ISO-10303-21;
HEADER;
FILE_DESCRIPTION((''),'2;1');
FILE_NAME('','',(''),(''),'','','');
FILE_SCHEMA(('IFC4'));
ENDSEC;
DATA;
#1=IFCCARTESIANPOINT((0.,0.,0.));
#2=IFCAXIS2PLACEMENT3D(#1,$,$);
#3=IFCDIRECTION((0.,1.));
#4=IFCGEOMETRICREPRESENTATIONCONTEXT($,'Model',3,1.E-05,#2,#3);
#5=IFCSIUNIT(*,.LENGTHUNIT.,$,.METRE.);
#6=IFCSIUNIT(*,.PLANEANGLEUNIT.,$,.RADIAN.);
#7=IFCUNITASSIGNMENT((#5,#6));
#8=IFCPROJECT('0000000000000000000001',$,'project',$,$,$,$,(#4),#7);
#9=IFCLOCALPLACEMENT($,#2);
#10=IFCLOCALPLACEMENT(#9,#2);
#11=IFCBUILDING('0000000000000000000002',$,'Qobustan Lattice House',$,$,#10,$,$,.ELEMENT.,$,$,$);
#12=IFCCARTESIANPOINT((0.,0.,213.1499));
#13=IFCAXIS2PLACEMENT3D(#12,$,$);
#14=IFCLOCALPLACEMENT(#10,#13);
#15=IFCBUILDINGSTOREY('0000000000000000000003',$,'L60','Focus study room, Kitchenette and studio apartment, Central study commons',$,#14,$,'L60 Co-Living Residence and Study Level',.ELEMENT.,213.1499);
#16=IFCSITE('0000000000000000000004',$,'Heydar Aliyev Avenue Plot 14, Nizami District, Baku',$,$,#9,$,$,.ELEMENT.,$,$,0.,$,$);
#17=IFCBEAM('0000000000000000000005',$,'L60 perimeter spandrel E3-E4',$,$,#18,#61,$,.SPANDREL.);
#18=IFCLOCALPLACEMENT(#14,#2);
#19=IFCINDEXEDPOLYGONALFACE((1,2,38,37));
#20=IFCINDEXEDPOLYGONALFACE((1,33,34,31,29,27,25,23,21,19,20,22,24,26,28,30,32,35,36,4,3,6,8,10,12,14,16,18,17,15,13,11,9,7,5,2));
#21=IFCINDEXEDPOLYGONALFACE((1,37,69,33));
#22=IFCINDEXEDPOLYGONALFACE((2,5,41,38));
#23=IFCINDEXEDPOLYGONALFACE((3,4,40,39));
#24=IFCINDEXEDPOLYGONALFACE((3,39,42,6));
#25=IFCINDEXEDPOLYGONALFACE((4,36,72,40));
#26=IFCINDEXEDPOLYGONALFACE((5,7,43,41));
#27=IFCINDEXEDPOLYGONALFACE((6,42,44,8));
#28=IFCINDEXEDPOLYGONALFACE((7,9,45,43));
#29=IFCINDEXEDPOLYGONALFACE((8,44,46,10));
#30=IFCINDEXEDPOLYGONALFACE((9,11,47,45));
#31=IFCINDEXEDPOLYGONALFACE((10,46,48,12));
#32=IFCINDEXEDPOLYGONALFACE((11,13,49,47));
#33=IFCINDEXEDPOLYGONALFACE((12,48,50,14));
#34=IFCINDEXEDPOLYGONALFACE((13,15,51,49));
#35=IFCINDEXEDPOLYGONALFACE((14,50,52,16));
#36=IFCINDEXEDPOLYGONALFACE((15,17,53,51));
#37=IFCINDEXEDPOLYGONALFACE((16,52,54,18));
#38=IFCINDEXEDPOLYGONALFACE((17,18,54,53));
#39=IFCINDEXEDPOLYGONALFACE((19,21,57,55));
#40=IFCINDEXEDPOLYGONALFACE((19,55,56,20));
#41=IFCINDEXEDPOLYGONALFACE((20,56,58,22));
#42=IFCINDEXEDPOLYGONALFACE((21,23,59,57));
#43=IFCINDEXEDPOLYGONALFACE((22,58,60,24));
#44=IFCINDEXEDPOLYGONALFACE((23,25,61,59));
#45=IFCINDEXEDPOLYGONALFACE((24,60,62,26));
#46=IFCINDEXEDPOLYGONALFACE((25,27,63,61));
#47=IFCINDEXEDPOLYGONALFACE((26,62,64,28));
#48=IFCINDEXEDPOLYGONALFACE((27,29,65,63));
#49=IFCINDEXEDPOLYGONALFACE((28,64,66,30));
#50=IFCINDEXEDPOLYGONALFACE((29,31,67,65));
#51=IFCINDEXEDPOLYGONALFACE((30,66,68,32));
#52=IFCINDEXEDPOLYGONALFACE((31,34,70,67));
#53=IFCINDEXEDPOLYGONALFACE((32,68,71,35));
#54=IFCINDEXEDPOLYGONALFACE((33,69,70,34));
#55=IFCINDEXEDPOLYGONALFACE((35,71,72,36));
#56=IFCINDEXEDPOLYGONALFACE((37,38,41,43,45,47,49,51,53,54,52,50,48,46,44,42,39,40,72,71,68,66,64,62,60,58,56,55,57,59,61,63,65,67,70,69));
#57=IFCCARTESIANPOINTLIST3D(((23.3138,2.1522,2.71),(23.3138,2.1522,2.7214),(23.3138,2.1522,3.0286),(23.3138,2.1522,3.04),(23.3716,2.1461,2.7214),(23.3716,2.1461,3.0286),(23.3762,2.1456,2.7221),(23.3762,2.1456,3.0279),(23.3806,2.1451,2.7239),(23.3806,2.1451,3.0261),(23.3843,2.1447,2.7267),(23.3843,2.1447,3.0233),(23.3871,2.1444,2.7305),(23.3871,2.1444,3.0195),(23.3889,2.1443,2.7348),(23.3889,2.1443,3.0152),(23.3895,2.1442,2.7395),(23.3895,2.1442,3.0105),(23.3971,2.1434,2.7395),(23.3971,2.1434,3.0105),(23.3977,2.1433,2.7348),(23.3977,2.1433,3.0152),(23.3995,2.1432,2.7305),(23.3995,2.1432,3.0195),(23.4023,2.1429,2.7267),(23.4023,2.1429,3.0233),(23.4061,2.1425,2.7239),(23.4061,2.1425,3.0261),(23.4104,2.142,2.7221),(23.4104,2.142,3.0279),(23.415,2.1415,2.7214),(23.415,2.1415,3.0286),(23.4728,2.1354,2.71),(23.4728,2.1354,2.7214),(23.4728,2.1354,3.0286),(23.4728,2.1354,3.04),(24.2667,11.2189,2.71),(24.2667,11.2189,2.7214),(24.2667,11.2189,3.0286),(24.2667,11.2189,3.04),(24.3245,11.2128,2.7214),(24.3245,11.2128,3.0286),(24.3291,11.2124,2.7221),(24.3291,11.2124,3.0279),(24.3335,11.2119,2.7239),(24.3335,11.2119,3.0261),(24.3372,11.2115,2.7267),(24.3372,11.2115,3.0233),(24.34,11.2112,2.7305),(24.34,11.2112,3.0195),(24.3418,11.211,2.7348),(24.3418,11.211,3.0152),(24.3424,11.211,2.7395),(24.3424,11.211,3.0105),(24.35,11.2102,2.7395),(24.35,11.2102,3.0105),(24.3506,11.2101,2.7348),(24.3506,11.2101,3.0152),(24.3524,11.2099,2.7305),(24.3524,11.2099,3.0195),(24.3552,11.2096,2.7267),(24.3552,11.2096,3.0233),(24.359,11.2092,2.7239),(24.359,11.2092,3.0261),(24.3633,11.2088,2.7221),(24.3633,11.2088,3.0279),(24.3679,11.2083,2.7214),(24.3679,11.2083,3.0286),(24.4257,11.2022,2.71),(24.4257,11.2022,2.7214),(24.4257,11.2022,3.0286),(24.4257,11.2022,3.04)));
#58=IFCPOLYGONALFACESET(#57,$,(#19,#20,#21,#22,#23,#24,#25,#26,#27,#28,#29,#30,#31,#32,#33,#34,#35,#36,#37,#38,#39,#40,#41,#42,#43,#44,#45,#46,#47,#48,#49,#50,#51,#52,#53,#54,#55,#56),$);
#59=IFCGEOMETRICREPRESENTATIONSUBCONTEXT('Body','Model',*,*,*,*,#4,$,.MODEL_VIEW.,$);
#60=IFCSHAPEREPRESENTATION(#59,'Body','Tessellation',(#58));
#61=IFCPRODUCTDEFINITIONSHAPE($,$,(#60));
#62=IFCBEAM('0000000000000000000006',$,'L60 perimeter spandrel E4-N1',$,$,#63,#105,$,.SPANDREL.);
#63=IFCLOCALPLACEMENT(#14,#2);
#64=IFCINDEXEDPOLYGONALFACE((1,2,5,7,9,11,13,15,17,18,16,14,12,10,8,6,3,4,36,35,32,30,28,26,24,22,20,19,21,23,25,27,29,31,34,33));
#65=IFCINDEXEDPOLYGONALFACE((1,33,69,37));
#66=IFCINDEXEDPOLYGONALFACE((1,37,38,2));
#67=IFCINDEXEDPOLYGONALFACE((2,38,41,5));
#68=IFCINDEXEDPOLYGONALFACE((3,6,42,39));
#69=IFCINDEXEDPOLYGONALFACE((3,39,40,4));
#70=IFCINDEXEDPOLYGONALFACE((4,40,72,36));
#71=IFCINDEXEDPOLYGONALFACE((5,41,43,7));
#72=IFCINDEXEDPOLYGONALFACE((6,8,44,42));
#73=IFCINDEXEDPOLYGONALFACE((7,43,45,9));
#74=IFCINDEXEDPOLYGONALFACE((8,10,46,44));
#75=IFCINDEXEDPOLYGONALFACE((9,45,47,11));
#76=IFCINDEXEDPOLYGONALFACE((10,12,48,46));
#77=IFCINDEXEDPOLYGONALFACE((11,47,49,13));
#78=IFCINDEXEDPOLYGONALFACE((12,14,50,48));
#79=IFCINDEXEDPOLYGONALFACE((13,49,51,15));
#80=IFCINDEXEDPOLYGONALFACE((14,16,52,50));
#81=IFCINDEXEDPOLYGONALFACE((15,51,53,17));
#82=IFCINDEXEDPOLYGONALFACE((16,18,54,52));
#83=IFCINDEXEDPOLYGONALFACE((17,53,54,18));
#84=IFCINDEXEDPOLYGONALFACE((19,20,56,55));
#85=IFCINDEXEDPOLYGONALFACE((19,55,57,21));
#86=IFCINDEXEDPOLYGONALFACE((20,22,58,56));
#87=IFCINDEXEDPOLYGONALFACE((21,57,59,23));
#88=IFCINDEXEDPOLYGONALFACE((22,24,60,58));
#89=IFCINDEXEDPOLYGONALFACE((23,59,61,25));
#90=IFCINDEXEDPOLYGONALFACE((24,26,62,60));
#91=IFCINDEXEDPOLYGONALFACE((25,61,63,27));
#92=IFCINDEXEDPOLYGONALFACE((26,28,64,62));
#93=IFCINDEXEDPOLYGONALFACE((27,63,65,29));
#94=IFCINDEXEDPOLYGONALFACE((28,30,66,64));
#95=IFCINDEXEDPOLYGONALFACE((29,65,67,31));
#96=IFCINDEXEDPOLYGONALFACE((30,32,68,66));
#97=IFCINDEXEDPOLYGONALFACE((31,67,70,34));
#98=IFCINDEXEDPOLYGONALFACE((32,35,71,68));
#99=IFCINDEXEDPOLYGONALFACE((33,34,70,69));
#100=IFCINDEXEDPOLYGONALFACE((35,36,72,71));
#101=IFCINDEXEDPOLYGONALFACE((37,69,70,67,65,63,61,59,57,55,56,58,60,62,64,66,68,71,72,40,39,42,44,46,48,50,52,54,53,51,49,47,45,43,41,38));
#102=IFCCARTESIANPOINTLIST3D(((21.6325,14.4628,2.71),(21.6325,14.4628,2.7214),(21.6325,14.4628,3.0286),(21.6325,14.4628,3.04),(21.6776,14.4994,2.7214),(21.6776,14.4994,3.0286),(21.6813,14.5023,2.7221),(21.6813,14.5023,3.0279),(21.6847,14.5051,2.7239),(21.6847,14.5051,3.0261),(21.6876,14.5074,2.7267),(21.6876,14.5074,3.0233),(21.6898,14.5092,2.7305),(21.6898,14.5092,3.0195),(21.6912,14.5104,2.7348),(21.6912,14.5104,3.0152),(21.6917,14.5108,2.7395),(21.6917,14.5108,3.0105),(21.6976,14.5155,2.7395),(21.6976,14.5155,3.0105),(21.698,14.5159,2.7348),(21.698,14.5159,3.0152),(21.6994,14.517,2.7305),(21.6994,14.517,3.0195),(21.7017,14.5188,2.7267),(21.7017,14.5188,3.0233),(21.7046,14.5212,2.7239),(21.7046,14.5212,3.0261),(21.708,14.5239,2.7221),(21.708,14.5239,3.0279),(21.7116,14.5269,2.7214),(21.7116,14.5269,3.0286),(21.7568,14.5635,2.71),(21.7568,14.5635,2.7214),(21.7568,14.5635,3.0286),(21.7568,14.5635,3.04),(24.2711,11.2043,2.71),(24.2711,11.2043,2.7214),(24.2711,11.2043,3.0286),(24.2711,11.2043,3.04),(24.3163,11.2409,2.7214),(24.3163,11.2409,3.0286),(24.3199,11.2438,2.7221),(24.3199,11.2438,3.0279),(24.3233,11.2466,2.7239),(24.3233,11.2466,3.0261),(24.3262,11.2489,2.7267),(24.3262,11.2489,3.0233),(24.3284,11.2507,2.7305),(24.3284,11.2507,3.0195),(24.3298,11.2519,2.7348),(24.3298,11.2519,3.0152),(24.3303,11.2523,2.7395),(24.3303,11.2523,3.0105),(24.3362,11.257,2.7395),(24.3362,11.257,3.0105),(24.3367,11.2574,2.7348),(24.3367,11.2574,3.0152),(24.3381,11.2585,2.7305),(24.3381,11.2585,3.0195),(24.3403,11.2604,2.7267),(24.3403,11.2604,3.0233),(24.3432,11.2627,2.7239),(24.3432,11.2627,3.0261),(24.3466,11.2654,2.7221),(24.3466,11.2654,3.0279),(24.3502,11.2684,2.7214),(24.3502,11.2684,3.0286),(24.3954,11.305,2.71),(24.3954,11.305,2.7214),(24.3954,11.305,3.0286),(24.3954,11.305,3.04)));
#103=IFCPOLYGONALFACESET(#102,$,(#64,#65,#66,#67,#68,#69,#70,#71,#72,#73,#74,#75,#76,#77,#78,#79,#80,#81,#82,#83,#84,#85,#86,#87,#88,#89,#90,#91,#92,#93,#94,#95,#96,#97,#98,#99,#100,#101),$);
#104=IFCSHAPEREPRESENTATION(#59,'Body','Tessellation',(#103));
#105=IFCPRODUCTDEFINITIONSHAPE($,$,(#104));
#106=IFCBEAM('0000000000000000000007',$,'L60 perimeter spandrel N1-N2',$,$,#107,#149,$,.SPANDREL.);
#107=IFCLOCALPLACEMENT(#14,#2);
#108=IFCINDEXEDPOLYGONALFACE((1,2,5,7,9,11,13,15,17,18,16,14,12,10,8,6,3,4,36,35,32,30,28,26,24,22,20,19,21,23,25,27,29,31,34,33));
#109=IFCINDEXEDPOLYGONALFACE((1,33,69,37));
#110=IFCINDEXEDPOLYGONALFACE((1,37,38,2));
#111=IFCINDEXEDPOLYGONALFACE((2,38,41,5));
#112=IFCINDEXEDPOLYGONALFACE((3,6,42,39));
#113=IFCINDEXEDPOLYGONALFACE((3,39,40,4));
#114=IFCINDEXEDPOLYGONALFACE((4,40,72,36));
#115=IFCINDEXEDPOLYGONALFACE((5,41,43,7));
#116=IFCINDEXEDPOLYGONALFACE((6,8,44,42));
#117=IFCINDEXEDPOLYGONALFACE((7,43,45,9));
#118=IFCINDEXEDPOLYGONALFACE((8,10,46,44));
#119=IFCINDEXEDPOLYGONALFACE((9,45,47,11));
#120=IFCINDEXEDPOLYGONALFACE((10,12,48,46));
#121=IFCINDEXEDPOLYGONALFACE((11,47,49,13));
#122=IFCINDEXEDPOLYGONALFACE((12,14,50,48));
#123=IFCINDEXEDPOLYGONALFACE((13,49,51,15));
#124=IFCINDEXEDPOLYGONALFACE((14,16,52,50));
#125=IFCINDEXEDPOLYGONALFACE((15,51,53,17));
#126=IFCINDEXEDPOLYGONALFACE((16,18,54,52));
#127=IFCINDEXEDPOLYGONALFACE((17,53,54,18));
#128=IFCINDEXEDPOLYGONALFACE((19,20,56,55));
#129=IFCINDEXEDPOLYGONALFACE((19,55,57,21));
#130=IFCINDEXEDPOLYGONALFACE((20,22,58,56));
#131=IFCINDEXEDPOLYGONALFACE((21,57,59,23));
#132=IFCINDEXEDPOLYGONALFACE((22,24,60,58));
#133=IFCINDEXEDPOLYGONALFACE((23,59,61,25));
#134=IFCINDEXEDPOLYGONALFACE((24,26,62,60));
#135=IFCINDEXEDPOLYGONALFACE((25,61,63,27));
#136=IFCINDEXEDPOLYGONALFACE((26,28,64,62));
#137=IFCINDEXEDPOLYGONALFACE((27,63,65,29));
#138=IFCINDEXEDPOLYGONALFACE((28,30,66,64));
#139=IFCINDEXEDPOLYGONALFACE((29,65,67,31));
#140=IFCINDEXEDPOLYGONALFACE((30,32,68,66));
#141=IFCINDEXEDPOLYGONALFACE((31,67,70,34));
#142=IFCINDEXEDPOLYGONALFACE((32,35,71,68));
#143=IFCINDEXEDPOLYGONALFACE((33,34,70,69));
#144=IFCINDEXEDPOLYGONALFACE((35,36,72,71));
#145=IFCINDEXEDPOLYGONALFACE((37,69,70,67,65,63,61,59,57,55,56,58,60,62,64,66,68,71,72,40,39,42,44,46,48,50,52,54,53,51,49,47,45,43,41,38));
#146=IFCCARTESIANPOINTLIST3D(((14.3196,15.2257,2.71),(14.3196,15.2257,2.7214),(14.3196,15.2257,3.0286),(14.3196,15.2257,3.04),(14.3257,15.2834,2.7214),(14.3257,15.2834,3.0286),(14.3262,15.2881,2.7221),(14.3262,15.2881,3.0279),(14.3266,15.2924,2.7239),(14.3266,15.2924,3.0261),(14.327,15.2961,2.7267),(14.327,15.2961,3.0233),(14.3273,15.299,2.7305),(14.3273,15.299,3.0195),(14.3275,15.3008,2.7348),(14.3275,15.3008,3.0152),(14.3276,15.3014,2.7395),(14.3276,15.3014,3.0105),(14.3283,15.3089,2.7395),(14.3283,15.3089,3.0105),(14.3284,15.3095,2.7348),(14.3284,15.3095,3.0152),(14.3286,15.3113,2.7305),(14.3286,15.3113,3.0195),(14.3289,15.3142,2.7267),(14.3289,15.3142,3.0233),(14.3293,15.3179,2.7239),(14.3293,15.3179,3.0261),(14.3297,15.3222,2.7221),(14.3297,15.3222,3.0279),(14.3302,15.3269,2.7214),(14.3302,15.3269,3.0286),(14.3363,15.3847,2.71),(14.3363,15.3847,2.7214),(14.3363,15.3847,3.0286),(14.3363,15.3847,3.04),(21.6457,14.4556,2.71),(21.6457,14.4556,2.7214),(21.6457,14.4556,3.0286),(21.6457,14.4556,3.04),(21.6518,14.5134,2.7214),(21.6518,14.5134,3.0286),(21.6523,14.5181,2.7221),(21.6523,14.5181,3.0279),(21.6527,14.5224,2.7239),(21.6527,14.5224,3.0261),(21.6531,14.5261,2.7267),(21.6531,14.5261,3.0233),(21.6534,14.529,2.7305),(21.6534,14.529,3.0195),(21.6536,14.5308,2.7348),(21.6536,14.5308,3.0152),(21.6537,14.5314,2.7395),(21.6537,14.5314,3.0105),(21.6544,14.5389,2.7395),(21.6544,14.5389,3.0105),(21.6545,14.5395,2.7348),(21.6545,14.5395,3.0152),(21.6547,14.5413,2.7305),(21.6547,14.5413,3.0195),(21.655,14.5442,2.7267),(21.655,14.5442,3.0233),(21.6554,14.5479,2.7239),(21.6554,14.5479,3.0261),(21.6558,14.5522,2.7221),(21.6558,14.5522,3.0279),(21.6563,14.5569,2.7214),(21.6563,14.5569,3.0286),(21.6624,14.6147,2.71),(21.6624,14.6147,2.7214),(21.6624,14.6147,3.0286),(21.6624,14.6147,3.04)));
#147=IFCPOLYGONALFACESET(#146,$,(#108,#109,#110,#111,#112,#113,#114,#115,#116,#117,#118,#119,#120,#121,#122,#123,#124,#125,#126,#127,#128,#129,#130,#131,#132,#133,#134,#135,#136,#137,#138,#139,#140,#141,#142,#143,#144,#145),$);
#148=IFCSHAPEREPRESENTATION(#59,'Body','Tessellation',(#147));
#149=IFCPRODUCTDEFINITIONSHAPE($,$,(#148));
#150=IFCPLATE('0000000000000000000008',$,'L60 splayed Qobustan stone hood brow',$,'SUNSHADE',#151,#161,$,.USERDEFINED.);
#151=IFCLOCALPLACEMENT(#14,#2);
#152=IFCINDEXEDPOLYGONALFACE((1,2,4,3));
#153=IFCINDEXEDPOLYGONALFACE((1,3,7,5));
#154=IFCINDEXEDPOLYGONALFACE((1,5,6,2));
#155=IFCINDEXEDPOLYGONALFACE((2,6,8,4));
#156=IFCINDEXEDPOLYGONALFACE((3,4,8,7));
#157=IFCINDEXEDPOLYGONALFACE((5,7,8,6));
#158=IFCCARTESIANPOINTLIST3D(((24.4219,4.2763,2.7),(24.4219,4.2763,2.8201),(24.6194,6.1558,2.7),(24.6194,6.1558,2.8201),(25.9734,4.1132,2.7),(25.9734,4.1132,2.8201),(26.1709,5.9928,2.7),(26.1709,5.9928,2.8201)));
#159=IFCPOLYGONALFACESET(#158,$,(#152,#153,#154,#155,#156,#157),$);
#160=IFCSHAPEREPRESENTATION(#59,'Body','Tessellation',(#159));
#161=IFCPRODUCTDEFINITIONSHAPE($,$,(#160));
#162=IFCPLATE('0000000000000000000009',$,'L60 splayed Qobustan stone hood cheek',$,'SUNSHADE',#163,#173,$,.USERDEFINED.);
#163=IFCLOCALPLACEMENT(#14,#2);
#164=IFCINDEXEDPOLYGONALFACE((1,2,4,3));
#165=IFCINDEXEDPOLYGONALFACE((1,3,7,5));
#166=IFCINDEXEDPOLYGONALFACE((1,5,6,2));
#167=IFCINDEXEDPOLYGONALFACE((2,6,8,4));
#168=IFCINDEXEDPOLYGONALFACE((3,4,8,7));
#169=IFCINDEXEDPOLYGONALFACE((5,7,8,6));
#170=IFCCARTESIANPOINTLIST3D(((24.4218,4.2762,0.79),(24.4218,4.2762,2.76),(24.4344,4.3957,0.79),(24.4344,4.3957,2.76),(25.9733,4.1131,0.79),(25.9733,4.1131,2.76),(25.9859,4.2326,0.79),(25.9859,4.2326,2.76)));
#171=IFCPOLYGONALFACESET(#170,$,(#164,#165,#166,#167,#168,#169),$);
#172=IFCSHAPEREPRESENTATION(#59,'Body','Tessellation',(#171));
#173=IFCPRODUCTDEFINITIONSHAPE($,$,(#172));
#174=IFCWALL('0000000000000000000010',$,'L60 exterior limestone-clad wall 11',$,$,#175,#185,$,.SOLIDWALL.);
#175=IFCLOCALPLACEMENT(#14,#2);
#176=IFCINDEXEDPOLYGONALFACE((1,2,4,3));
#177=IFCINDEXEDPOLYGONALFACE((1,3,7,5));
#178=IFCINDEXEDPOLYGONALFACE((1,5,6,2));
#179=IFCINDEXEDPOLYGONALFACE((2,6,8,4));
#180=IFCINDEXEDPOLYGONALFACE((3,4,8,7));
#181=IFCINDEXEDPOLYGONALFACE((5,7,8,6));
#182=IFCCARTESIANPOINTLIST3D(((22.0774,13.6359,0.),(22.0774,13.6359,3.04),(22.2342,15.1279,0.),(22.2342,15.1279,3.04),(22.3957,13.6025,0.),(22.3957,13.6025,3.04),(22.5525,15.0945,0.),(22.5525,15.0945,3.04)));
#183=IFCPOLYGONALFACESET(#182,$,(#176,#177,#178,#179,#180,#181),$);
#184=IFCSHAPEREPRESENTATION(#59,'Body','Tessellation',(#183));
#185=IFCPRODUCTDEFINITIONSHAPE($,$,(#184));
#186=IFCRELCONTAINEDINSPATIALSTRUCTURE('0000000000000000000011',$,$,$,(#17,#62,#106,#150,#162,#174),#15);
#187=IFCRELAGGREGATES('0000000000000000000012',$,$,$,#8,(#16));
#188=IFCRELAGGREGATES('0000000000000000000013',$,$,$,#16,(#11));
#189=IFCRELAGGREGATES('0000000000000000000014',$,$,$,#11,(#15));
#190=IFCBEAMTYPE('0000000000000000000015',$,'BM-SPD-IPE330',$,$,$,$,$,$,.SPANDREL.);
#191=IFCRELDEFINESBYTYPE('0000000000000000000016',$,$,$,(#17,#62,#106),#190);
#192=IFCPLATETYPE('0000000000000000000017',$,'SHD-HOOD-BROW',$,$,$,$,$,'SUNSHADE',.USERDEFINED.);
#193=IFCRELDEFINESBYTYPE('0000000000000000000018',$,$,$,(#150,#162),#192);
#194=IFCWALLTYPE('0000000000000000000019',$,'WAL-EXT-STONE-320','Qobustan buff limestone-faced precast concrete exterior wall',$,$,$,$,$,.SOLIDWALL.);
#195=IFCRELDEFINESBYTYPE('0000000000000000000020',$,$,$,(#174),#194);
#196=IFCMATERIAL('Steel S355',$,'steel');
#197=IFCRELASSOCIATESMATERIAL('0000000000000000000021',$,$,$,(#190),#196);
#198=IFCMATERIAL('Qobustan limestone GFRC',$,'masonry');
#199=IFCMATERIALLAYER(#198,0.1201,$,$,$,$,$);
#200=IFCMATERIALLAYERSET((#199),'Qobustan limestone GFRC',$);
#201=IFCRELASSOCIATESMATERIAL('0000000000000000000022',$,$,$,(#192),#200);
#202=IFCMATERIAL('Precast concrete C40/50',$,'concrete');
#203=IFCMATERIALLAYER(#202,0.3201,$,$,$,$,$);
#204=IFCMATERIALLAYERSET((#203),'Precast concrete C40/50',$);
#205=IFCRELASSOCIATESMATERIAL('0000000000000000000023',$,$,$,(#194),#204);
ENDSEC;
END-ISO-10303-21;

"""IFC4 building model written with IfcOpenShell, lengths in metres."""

from ifc_helpers import new_model, si_unit, direction, frame, frame_2d, origin, origin_2d, place, context, subcontext, project, spatial, rectangle, i_section, extrude, material, layer, layer_set, material_profile, profile_set, type_object, element, save


model = new_model("IFC4")

# Units and contexts
model_context = context("Model", 3, precision=1e-05, world=origin(), true_north=direction((0.0, 1.0)))
body_context = subcontext(model_context, "Body", "Model", "MODEL_VIEW")
ifc_project = project(units=[si_unit("LENGTHUNIT", "METRE"), si_unit("PLANEANGLEUNIT", "RADIAN")], contexts=[model_context])

# Site, building, storey
site_placement = place(None, origin())
site = spatial("IfcSite", under=ifc_project, at=site_placement, Name="Heydar Aliyev Avenue Plot 14, Nizami District, Baku", CompositionType="ELEMENT", RefElevation=0.0)
building_placement = place(site_placement, origin())
building = spatial("IfcBuilding", under=site, at=building_placement, Name="Qobustan Lattice House", CompositionType="ELEMENT")
storey_placement = place(building_placement, frame((0.0, 0.0, 213.1499)))
storey = spatial("IfcBuildingStorey", under=building, at=storey_placement, Name="L60", Description="Focus study room, Kitchenette and studio apartment, Central study commons", LongName="L60 Co-Living Residence and Study Level", CompositionType="ELEMENT", Elevation=213.1499)

# Beams
ifc_material_1 = material(Name="Steel S355", Category="steel")
ifc_material_profile_1 = material_profile(ifc_material_1, i_section(OverallWidth=0.1599, OverallDepth=0.3301, WebThickness=0.0076, FlangeThickness=0.0115, FilletRadius=0.0181, at=origin_2d()), Name="IPE330")
ifc_profile_set_1 = profile_set([ifc_material_profile_1], Name="Steel S355")
beam_type_1 = type_object("IfcBeamType", Name="BM-SPD-IPE330", PredefinedType="SPANDREL", material=ifc_profile_set_1)
beam_1_placement = place(storey_placement, frame((23.3933, 2.1438, 2.875), z_axis=(0.104522, 0.994523, 0.0), x_axis=(-0.994523, 0.104522, 0.0)))
element("IfcBeam", 1, at=beam_1_placement, inside=storey, type_object=beam_type_1, Name="L60 perimeter spandrel E3-E4", PredefinedType="SPANDREL", context=body_context, shape_type="SweptSolid", body=[
    extrude(i_section(OverallWidth=0.1599, OverallDepth=0.3301, WebThickness=0.0076, FlangeThickness=0.0115, FilletRadius=0.0181, at=origin_2d()), origin(), (0.0, 0.0, 1.0), 9.1167),
])
beam_2_placement = place(storey_placement, frame((24.3333, 11.2546, 2.875), z_axis=(-0.629314, 0.777151, 0.0), x_axis=(-0.777151, -0.629314, 0.0)))
element("IfcBeam", 2, at=beam_2_placement, inside=storey, type_object=beam_type_1, Name="L60 perimeter spandrel E4-N1", PredefinedType="SPANDREL", context=body_context, shape_type="SweptSolid", body=[
    extrude(i_section(OverallWidth=0.1599, OverallDepth=0.3301, WebThickness=0.0076, FlangeThickness=0.0115, FilletRadius=0.0181, at=origin_2d()), origin(), (0.0, 0.0, 1.0), 4.1929),
])
beam_3_placement = place(storey_placement, frame((21.6541, 14.5352, 2.875), z_axis=(-0.994522, 0.10453, 0.0), x_axis=(-0.10453, -0.994522, 0.0)))
element("IfcBeam", 3, at=beam_3_placement, inside=storey, type_object=beam_type_1, Name="L60 perimeter spandrel N1-N2", PredefinedType="SPANDREL", context=body_context, shape_type="SweptSolid", body=[
    extrude(i_section(OverallWidth=0.1599, OverallDepth=0.3301, WebThickness=0.0076, FlangeThickness=0.0115, FilletRadius=0.0181, at=origin_2d()), origin(), (0.0, 0.0, 1.0), 7.3665),
])

# Plates
ifc_material_2 = material(Name="Qobustan limestone GFRC", Category="masonry")
ifc_layer_1 = layer(ifc_material_2, 0.1201)
ifc_layer_set_1 = layer_set([ifc_layer_1], Name="Qobustan limestone GFRC")
plate_type = type_object("IfcPlateType", Name="SHD-HOOD-BROW", ElementType="SUNSHADE", PredefinedType="USERDEFINED", material=ifc_layer_set_1)
plate_1_placement = place(storey_placement, frame((25.2964, 5.1345, 2.7), z_axis=(0.0, 0.0, 1.0), x_axis=(-0.104528, -0.994522, 0.0)))
element("IfcPlate", 4, at=plate_1_placement, inside=storey, type_object=plate_type, Name="L60 splayed Qobustan stone hood brow", ObjectType="SUNSHADE", PredefinedType="USERDEFINED", context=body_context, shape_type="SweptSolid", body=[
    extrude(rectangle(XDim=1.8899, YDim=1.5601, at=origin_2d()), origin(), (0.0, 0.0, 1.0), 0.1201),
])
plate_2_placement = place(storey_placement, frame((25.2039, 4.2544, 0.79), z_axis=(0.0, 0.0, 1.0), x_axis=(-0.104528, -0.994522, 0.0)))
element("IfcPlate", 5, at=plate_2_placement, inside=storey, type_object=plate_type, Name="L60 splayed Qobustan stone hood cheek", ObjectType="SUNSHADE", PredefinedType="USERDEFINED", context=body_context, shape_type="SweptSolid", body=[
    extrude(rectangle(XDim=0.1201, YDim=1.5601, at=origin_2d()), origin(), (0.0, 0.0, 1.0), 1.97),
])

# Wall
ifc_material_3 = material(Name="Precast concrete C40/50", Category="concrete")
ifc_layer_2 = layer(ifc_material_3, 0.3201)
ifc_layer_set_2 = layer_set([ifc_layer_2], Name="Precast concrete C40/50")
wall_type_1 = type_object("IfcWallType", Name="WAL-EXT-STONE-320", Description="Qobustan buff limestone-faced precast concrete exterior wall", PredefinedType="SOLIDWALL", material=ifc_layer_set_2)
wall_1_placement = place(storey_placement, frame((22.3933, 15.1111, 0.0), z_axis=(0.0, 0.0, 1.0), x_axis=(-0.104481, -0.994527, 0.0)))
element("IfcWall", 6, at=wall_1_placement, inside=storey, type_object=wall_type_1, Name="L60 exterior limestone-clad wall 11", PredefinedType="SOLIDWALL", context=body_context, shape_type="SweptSolid", body=[
    extrude(rectangle(XDim=1.5002, YDim=0.3201, at=frame_2d((0.75, 0.0))), origin(), (0.0, 0.0, 1.0), 3.04),
])

save(model, "model.ifc")
